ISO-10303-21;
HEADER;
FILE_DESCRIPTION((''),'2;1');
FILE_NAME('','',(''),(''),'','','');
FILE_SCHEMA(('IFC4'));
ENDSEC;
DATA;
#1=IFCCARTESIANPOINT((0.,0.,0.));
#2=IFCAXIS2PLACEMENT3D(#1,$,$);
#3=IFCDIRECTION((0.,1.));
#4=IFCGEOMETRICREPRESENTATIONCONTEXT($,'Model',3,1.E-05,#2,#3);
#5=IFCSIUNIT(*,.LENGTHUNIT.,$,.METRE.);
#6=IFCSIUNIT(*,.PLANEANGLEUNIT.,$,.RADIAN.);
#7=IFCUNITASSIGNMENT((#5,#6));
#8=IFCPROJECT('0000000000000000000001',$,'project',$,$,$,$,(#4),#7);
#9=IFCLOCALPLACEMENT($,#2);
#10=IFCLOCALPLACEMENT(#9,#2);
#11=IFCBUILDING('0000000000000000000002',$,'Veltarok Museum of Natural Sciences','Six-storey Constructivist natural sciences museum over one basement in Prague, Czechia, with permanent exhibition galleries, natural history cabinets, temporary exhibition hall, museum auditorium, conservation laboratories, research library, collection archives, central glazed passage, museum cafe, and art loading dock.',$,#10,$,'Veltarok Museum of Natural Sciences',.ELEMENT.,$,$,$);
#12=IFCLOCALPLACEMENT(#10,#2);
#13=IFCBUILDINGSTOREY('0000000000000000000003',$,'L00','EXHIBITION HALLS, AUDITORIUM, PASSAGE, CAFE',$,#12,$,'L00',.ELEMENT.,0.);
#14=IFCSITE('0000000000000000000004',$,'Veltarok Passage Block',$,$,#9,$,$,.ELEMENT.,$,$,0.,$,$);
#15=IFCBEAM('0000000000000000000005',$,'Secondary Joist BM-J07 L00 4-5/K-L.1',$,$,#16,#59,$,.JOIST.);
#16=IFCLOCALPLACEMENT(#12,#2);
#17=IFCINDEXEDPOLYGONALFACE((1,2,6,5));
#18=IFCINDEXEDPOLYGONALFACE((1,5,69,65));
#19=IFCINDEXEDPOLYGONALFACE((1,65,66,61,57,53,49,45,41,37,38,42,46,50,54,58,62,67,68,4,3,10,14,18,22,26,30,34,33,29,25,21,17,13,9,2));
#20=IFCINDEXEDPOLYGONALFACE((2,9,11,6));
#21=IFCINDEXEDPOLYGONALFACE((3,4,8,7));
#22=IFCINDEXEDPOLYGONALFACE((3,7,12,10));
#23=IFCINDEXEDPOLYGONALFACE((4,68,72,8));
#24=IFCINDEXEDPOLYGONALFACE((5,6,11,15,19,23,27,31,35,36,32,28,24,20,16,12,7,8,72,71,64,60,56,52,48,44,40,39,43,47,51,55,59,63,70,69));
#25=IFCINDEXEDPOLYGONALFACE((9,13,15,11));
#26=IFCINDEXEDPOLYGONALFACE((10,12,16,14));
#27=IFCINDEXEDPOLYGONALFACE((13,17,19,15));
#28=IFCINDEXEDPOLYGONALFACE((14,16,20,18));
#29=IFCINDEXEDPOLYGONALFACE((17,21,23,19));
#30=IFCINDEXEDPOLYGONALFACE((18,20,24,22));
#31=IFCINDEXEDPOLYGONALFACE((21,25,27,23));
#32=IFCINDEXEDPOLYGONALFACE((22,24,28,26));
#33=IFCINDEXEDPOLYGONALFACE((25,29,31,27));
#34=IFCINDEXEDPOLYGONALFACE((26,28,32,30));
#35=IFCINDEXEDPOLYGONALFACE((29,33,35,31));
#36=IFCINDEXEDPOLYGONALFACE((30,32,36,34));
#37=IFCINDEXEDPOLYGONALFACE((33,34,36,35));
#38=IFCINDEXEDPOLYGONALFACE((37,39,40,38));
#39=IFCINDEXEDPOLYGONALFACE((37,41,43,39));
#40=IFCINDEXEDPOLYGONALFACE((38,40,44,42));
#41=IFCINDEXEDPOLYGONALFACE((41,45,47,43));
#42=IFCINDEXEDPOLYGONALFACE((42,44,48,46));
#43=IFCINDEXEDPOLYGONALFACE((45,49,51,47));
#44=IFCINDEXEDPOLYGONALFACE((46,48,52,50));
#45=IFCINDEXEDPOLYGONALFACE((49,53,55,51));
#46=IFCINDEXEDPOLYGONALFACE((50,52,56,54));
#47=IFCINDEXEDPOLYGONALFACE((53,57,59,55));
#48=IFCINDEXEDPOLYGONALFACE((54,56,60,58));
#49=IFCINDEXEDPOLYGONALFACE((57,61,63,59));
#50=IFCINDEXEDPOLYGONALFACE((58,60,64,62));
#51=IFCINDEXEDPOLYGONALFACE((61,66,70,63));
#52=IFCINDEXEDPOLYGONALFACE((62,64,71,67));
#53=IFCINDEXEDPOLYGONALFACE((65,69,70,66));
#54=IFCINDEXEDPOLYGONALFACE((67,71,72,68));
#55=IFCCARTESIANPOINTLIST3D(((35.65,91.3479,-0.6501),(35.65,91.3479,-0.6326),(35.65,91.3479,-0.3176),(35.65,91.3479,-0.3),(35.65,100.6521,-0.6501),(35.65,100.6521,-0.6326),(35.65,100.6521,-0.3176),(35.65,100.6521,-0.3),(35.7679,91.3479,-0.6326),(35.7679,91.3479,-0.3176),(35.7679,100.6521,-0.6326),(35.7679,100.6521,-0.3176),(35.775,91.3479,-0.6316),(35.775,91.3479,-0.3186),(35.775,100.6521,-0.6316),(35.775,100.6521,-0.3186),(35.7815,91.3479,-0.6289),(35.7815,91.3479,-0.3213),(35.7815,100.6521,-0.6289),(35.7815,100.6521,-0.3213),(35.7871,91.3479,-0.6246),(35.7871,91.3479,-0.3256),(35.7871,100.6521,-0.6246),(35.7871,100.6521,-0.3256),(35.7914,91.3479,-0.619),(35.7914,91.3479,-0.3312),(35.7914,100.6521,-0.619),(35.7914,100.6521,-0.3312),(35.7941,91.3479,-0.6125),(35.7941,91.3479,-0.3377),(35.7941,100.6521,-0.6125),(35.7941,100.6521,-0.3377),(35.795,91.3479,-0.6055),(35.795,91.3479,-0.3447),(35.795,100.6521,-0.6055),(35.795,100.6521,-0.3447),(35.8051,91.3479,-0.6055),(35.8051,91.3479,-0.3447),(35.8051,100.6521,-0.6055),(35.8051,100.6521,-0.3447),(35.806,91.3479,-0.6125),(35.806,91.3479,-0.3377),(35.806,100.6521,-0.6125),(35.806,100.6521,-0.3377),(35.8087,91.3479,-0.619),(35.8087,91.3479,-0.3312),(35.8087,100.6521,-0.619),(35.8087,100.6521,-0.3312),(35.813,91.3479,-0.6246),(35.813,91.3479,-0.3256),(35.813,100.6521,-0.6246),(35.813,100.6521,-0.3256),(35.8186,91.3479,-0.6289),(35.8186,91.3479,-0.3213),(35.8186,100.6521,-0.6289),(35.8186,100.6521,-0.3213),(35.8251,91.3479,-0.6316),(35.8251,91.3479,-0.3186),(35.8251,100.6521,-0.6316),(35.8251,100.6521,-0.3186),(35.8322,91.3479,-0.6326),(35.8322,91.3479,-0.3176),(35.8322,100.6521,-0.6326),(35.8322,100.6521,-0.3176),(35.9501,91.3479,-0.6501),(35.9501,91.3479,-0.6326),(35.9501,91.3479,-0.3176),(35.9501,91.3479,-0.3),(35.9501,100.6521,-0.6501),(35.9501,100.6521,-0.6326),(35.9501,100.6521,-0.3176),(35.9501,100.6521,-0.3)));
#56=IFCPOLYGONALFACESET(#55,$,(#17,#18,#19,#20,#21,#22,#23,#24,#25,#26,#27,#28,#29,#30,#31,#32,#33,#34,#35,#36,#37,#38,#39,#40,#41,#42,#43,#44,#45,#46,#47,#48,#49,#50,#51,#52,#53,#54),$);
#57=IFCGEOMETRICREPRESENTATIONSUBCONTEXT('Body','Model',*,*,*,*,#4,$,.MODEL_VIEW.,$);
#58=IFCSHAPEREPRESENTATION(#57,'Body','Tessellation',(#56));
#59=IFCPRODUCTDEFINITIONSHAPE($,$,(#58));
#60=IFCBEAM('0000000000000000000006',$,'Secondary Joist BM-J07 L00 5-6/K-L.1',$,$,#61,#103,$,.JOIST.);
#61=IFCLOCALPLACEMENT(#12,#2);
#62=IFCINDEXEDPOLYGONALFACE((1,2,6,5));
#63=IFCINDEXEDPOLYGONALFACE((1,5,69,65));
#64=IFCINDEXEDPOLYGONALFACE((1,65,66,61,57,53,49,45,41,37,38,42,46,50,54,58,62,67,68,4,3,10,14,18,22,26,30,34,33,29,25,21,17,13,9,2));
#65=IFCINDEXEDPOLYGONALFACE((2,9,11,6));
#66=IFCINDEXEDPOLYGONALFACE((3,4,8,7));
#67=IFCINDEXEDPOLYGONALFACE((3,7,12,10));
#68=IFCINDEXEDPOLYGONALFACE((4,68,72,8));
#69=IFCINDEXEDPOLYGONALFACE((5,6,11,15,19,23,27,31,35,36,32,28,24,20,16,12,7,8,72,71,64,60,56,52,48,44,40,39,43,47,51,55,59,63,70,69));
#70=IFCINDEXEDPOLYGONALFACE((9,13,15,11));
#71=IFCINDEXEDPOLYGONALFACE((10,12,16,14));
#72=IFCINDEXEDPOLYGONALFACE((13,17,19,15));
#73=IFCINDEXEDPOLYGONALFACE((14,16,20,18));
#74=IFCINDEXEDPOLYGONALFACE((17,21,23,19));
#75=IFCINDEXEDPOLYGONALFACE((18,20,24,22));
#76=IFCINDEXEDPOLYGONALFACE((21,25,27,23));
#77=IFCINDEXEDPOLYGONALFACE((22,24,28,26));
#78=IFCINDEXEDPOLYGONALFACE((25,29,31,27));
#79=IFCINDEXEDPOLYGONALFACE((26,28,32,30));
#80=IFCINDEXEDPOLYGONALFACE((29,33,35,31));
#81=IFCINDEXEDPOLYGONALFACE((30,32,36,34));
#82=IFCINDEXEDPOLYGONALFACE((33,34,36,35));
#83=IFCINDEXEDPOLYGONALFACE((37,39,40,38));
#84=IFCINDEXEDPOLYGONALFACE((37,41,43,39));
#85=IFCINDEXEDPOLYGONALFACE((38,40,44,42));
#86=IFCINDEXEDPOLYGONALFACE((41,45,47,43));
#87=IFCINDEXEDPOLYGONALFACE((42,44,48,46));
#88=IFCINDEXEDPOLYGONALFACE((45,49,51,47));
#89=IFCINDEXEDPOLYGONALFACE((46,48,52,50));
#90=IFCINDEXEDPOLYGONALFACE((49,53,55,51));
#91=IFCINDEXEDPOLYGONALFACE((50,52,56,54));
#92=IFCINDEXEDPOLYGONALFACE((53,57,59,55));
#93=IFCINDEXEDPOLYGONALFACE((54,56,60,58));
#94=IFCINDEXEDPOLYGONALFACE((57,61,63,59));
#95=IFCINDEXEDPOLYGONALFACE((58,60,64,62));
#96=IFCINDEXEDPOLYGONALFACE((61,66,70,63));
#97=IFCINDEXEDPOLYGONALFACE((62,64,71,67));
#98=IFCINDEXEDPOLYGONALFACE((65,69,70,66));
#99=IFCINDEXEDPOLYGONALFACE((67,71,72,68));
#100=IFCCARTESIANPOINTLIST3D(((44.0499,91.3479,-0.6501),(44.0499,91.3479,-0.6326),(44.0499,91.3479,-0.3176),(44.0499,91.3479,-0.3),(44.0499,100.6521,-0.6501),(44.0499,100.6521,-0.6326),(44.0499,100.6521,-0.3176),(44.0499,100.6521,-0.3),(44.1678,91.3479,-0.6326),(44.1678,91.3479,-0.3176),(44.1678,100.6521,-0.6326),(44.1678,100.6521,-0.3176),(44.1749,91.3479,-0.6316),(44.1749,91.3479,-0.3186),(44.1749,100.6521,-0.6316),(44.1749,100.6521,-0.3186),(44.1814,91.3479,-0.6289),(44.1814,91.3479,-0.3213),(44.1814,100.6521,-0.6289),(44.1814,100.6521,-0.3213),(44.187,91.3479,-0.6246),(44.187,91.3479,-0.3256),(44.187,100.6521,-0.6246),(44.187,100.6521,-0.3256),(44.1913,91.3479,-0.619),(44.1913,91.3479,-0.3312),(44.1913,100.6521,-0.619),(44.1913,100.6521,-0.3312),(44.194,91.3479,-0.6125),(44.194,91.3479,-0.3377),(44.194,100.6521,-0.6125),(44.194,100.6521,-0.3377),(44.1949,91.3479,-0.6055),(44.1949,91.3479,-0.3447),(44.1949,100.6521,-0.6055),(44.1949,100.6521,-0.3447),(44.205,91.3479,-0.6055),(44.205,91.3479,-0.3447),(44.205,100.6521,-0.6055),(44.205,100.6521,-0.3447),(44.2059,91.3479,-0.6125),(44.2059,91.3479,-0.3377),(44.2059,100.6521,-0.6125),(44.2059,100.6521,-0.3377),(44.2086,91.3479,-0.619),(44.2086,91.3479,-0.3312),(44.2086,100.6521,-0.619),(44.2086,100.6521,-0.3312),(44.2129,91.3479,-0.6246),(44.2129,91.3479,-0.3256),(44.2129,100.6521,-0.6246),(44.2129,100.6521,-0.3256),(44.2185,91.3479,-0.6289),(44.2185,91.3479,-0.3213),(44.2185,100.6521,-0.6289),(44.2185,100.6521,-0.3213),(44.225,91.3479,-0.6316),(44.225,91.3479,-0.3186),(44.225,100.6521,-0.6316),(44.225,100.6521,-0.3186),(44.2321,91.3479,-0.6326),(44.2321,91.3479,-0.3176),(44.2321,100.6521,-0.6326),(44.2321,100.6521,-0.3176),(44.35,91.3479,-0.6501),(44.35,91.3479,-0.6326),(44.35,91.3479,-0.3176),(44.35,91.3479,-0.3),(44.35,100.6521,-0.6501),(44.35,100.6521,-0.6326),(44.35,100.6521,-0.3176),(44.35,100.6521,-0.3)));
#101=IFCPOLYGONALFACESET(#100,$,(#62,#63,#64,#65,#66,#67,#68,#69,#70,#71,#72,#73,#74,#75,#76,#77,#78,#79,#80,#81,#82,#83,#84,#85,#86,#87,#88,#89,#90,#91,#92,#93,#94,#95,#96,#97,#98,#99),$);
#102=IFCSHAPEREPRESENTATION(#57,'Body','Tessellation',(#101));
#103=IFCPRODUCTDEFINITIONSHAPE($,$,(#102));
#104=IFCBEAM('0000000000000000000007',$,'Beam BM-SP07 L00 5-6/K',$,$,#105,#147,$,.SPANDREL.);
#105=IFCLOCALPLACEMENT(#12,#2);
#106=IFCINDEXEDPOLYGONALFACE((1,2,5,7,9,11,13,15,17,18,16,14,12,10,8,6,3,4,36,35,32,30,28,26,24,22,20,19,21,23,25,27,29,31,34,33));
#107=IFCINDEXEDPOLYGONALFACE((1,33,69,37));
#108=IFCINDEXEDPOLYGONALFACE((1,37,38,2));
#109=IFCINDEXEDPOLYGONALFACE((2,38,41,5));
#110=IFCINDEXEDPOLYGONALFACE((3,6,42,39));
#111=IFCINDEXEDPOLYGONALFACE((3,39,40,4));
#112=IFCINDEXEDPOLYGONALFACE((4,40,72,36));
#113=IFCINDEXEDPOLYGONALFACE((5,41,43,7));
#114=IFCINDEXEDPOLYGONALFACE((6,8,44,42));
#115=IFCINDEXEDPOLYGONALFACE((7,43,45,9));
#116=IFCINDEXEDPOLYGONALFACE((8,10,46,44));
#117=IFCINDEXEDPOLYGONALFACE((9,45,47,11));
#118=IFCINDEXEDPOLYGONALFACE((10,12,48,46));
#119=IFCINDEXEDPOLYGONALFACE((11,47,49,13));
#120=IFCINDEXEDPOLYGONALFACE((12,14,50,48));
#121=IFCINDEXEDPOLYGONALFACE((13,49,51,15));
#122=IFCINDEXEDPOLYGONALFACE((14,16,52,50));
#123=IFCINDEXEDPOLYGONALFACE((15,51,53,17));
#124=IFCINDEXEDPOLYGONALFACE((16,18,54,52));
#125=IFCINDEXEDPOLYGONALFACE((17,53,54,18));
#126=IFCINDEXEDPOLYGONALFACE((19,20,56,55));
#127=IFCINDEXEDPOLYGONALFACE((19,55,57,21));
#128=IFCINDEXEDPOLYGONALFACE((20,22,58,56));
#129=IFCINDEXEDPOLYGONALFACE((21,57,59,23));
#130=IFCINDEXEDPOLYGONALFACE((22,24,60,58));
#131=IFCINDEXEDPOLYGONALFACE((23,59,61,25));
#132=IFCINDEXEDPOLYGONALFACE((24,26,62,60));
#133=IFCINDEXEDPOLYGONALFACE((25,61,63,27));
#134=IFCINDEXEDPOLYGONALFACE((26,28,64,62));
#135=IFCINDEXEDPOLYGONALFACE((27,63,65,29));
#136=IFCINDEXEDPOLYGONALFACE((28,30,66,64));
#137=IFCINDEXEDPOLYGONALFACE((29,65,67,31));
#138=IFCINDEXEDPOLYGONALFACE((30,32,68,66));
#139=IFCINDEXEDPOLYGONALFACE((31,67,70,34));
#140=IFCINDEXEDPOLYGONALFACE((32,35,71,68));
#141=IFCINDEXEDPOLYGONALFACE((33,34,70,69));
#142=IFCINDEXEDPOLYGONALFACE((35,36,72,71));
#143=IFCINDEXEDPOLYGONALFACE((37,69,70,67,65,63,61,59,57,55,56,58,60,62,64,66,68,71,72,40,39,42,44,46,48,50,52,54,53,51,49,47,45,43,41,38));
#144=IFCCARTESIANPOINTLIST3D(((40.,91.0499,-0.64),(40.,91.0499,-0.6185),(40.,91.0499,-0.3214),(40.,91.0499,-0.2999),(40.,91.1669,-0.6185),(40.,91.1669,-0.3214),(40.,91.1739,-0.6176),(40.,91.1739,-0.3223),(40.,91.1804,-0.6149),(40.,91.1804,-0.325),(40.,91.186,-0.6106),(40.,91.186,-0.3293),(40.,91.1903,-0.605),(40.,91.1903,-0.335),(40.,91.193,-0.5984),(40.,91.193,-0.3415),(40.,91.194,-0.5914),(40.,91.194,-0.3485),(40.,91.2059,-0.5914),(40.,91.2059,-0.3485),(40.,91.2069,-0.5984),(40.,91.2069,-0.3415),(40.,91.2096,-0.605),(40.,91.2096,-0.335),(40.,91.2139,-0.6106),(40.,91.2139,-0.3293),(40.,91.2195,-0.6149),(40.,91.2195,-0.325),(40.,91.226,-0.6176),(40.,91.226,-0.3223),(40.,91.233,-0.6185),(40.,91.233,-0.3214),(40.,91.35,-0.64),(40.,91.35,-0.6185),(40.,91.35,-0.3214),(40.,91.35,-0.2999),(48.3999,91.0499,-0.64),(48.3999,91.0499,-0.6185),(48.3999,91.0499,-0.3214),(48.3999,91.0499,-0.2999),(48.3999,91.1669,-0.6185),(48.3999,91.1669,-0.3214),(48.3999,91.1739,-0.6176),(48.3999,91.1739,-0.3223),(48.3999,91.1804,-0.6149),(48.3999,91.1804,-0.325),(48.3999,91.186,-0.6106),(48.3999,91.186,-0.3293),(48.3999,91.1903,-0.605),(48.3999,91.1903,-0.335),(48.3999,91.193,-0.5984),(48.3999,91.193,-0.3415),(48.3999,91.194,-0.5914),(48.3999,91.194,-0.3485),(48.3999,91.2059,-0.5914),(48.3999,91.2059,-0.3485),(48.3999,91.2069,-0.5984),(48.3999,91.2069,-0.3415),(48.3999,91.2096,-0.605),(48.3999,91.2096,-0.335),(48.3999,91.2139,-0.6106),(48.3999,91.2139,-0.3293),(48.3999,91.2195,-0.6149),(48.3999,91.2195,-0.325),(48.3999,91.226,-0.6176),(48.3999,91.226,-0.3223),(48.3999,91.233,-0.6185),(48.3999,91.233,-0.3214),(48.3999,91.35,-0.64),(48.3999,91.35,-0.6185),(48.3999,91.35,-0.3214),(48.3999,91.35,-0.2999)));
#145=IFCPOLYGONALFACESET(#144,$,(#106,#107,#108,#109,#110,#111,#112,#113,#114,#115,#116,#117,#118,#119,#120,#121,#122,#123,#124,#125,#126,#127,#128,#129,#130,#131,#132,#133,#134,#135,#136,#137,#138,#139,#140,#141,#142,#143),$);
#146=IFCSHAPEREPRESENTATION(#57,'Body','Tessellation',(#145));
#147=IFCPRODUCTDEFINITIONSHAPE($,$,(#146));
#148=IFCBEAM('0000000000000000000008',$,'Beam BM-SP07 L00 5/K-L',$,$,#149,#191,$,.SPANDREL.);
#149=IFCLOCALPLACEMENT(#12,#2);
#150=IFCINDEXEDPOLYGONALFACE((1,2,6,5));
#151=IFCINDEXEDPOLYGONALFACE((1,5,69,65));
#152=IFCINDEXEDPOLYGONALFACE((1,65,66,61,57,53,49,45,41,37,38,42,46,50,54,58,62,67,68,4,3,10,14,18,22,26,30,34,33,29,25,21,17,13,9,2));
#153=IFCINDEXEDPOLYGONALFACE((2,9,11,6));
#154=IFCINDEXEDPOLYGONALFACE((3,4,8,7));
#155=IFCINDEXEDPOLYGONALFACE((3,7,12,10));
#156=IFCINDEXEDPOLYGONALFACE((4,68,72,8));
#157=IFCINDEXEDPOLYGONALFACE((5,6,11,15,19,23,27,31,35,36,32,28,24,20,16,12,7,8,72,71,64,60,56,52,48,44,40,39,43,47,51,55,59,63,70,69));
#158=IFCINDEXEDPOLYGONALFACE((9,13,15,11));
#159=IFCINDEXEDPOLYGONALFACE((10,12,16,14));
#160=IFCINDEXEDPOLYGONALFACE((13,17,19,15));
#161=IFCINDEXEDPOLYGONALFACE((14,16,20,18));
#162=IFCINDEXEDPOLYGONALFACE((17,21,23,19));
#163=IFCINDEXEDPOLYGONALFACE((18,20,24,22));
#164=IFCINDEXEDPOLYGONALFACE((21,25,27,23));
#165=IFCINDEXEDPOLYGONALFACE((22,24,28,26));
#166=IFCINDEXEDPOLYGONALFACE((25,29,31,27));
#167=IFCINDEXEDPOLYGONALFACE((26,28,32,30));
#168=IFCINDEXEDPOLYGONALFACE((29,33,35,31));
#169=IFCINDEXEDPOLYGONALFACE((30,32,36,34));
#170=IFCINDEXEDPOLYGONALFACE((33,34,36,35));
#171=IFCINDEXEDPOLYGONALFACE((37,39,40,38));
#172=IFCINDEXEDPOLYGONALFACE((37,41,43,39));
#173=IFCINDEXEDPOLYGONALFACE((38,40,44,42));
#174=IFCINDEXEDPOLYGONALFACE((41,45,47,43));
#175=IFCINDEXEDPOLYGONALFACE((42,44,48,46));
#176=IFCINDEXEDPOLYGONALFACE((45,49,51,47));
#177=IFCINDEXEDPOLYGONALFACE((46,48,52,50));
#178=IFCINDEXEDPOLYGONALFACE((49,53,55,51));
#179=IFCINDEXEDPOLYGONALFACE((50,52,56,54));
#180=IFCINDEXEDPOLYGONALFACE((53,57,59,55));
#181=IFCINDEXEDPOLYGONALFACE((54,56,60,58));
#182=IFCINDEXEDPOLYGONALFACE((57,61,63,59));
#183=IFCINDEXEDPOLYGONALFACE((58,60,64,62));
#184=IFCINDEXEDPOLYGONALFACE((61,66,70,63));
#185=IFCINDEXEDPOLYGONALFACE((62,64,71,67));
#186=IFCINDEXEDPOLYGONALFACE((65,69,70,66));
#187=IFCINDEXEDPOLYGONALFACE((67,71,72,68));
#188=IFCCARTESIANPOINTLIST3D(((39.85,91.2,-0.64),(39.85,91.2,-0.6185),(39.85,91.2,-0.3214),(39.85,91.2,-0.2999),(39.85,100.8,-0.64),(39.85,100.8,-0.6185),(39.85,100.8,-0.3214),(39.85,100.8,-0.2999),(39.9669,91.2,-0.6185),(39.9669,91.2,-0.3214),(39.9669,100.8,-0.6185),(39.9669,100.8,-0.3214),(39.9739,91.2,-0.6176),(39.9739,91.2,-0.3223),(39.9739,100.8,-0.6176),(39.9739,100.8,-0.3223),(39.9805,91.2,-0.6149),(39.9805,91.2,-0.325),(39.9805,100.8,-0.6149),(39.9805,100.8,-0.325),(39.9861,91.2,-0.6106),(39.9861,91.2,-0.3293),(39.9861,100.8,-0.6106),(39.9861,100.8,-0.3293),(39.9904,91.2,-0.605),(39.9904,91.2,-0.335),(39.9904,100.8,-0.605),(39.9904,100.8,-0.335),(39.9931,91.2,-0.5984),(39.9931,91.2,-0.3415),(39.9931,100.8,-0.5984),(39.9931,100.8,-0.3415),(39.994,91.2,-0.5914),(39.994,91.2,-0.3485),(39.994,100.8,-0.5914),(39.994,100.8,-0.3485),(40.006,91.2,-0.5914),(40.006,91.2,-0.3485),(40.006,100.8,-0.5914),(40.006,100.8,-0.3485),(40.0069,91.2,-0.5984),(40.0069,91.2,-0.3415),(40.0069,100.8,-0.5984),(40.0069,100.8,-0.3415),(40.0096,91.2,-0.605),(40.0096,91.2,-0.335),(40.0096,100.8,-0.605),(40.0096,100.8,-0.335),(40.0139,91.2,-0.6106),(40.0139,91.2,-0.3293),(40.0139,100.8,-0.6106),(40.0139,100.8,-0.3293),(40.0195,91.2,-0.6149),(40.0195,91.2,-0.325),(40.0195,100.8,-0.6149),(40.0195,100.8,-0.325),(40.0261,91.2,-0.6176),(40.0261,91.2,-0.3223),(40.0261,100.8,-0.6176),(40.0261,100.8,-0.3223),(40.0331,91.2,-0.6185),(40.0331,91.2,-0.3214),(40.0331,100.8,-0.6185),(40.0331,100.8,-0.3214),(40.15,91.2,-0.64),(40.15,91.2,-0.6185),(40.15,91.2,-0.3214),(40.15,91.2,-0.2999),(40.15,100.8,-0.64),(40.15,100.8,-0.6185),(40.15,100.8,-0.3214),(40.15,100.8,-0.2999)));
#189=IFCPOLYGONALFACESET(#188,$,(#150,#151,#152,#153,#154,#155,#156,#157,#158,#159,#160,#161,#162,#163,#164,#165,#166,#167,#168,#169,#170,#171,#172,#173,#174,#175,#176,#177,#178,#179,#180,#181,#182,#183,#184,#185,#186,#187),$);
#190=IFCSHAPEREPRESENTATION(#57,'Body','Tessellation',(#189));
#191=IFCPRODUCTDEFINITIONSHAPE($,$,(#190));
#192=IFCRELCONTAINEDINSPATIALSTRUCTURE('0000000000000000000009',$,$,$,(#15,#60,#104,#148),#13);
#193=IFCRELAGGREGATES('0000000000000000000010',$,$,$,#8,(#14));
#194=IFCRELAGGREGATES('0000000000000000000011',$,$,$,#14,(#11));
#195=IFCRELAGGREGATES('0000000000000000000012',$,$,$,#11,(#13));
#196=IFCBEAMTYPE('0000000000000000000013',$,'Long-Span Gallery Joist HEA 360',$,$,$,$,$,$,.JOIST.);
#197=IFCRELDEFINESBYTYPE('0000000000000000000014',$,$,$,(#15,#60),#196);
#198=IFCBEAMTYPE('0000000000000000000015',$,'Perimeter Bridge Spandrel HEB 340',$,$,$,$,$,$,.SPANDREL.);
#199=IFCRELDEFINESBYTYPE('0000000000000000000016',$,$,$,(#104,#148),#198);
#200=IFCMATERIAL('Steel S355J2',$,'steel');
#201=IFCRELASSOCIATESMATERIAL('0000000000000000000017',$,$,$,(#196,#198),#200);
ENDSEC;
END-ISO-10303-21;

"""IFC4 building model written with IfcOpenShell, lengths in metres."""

from ifc_helpers import new_model, si_unit, direction, frame, origin, origin_2d, place, context, subcontext, project, spatial, i_section, extrude, material, material_profile, profile_set, type_object, element, save


model = new_model("IFC4")

# Units and contexts
model_context = context("Model", 3, precision=1e-05, world=origin(), true_north=direction((0.0, 1.0)))
body_context = subcontext(model_context, "Body", "Model", "MODEL_VIEW")
ifc_project = project(units=[si_unit("LENGTHUNIT", "METRE"), si_unit("PLANEANGLEUNIT", "RADIAN")], contexts=[model_context])

# Site, building, storey
site_placement = place(None, origin())
site = spatial("IfcSite", under=ifc_project, at=site_placement, Name="Veltarok Passage Block", CompositionType="ELEMENT", RefElevation=0.0)
building_placement = place(site_placement, origin())
building = spatial("IfcBuilding", under=site, at=building_placement, Name="Veltarok Museum of Natural Sciences", Description="Six-storey Constructivist natural sciences museum over one basement in Prague, Czechia, with permanent exhibition galleries, natural history cabinets, temporary exhibition hall, museum auditorium, conservation laboratories, research library, collection archives, central glazed passage, museum cafe, and art loading dock.", LongName="Veltarok Museum of Natural Sciences", CompositionType="ELEMENT")
storey_placement = place(building_placement, origin())
storey = spatial("IfcBuildingStorey", under=building, at=storey_placement, Name="L00", Description="EXHIBITION HALLS, AUDITORIUM, PASSAGE, CAFE", LongName="L00", CompositionType="ELEMENT", Elevation=0.0)

# Beams
ifc_material_1 = material(Name="Steel S355J2", Category="steel")
ifc_material_profile_1 = material_profile(ifc_material_1, i_section(OverallWidth=0.3, OverallDepth=0.3501, WebThickness=0.01, FlangeThickness=0.0176, FilletRadius=0.0271, at=origin_2d()), Name="HEA 360")
ifc_profile_set_1 = profile_set([ifc_material_profile_1], Name="Steel S355J2")
beam_type_1 = type_object("IfcBeamType", Name="Long-Span Gallery Joist HEA 360", PredefinedType="JOIST", material=ifc_profile_set_1)
for number, where, z_axis, x_axis, name in (
    (1, (35.8, 91.3479, -0.4751), (0.0, 1.0, 0.0), (-1.0, 0.0, 0.0), "Secondary Joist BM-J07 L00 4-5/K-L.1"),
    (2, (44.2, 91.3479, -0.4751), (0.0, 1.0, 0.0), (-1.0, 0.0, 0.0), "Secondary Joist BM-J07 L00 5-6/K-L.1"),
):
    element("IfcBeam", number, at=place(storey_placement, frame(where, z_axis=z_axis, x_axis=x_axis)), inside=storey, type_object=beam_type_1, Name=name, PredefinedType="JOIST", context=body_context, shape_type="SweptSolid", body=[
        extrude(i_section(OverallWidth=0.3, OverallDepth=0.3501, WebThickness=0.01, FlangeThickness=0.0176, FilletRadius=0.0271, at=origin_2d()), origin(), (0.0, 0.0, 1.0), 9.3042),
    ])
ifc_material_profile_2 = material_profile(ifc_material_1, i_section(OverallWidth=0.3, OverallDepth=0.3401, WebThickness=0.012, FlangeThickness=0.0215, FilletRadius=0.0271, at=origin_2d()), Name="HEB 340")
ifc_profile_set_2 = profile_set([ifc_material_profile_2], Name="Steel S355J2")
beam_type_2 = type_object("IfcBeamType", Name="Perimeter Bridge Spandrel HEB 340", PredefinedType="SPANDREL", material=ifc_profile_set_2)
beam_1_placement = place(storey_placement, frame((40.0, 91.2, -0.47), z_axis=(1.0, 0.0, 0.0), x_axis=(0.0, 1.0, 0.0)))
element("IfcBeam", 3, at=beam_1_placement, inside=storey, type_object=beam_type_2, Name="Beam BM-SP07 L00 5-6/K", PredefinedType="SPANDREL", context=body_context, shape_type="SweptSolid", body=[
    extrude(i_section(OverallWidth=0.3, OverallDepth=0.3401, WebThickness=0.012, FlangeThickness=0.0215, FilletRadius=0.0271, at=origin_2d()), origin(), (0.0, 0.0, 1.0), 8.3999),
])
beam_2_placement = place(storey_placement, frame((40.0, 91.2, -0.47), z_axis=(0.0, 1.0, 0.0), x_axis=(-1.0, 0.0, 0.0)))
element("IfcBeam", 4, at=beam_2_placement, inside=storey, type_object=beam_type_2, Name="Beam BM-SP07 L00 5/K-L", PredefinedType="SPANDREL", context=body_context, shape_type="SweptSolid", body=[
    extrude(i_section(OverallWidth=0.3, OverallDepth=0.3401, WebThickness=0.012, FlangeThickness=0.0215, FilletRadius=0.0271, at=origin_2d()), origin(), (0.0, 0.0, 1.0), 9.6001),
])

save(model, "model.ifc")
